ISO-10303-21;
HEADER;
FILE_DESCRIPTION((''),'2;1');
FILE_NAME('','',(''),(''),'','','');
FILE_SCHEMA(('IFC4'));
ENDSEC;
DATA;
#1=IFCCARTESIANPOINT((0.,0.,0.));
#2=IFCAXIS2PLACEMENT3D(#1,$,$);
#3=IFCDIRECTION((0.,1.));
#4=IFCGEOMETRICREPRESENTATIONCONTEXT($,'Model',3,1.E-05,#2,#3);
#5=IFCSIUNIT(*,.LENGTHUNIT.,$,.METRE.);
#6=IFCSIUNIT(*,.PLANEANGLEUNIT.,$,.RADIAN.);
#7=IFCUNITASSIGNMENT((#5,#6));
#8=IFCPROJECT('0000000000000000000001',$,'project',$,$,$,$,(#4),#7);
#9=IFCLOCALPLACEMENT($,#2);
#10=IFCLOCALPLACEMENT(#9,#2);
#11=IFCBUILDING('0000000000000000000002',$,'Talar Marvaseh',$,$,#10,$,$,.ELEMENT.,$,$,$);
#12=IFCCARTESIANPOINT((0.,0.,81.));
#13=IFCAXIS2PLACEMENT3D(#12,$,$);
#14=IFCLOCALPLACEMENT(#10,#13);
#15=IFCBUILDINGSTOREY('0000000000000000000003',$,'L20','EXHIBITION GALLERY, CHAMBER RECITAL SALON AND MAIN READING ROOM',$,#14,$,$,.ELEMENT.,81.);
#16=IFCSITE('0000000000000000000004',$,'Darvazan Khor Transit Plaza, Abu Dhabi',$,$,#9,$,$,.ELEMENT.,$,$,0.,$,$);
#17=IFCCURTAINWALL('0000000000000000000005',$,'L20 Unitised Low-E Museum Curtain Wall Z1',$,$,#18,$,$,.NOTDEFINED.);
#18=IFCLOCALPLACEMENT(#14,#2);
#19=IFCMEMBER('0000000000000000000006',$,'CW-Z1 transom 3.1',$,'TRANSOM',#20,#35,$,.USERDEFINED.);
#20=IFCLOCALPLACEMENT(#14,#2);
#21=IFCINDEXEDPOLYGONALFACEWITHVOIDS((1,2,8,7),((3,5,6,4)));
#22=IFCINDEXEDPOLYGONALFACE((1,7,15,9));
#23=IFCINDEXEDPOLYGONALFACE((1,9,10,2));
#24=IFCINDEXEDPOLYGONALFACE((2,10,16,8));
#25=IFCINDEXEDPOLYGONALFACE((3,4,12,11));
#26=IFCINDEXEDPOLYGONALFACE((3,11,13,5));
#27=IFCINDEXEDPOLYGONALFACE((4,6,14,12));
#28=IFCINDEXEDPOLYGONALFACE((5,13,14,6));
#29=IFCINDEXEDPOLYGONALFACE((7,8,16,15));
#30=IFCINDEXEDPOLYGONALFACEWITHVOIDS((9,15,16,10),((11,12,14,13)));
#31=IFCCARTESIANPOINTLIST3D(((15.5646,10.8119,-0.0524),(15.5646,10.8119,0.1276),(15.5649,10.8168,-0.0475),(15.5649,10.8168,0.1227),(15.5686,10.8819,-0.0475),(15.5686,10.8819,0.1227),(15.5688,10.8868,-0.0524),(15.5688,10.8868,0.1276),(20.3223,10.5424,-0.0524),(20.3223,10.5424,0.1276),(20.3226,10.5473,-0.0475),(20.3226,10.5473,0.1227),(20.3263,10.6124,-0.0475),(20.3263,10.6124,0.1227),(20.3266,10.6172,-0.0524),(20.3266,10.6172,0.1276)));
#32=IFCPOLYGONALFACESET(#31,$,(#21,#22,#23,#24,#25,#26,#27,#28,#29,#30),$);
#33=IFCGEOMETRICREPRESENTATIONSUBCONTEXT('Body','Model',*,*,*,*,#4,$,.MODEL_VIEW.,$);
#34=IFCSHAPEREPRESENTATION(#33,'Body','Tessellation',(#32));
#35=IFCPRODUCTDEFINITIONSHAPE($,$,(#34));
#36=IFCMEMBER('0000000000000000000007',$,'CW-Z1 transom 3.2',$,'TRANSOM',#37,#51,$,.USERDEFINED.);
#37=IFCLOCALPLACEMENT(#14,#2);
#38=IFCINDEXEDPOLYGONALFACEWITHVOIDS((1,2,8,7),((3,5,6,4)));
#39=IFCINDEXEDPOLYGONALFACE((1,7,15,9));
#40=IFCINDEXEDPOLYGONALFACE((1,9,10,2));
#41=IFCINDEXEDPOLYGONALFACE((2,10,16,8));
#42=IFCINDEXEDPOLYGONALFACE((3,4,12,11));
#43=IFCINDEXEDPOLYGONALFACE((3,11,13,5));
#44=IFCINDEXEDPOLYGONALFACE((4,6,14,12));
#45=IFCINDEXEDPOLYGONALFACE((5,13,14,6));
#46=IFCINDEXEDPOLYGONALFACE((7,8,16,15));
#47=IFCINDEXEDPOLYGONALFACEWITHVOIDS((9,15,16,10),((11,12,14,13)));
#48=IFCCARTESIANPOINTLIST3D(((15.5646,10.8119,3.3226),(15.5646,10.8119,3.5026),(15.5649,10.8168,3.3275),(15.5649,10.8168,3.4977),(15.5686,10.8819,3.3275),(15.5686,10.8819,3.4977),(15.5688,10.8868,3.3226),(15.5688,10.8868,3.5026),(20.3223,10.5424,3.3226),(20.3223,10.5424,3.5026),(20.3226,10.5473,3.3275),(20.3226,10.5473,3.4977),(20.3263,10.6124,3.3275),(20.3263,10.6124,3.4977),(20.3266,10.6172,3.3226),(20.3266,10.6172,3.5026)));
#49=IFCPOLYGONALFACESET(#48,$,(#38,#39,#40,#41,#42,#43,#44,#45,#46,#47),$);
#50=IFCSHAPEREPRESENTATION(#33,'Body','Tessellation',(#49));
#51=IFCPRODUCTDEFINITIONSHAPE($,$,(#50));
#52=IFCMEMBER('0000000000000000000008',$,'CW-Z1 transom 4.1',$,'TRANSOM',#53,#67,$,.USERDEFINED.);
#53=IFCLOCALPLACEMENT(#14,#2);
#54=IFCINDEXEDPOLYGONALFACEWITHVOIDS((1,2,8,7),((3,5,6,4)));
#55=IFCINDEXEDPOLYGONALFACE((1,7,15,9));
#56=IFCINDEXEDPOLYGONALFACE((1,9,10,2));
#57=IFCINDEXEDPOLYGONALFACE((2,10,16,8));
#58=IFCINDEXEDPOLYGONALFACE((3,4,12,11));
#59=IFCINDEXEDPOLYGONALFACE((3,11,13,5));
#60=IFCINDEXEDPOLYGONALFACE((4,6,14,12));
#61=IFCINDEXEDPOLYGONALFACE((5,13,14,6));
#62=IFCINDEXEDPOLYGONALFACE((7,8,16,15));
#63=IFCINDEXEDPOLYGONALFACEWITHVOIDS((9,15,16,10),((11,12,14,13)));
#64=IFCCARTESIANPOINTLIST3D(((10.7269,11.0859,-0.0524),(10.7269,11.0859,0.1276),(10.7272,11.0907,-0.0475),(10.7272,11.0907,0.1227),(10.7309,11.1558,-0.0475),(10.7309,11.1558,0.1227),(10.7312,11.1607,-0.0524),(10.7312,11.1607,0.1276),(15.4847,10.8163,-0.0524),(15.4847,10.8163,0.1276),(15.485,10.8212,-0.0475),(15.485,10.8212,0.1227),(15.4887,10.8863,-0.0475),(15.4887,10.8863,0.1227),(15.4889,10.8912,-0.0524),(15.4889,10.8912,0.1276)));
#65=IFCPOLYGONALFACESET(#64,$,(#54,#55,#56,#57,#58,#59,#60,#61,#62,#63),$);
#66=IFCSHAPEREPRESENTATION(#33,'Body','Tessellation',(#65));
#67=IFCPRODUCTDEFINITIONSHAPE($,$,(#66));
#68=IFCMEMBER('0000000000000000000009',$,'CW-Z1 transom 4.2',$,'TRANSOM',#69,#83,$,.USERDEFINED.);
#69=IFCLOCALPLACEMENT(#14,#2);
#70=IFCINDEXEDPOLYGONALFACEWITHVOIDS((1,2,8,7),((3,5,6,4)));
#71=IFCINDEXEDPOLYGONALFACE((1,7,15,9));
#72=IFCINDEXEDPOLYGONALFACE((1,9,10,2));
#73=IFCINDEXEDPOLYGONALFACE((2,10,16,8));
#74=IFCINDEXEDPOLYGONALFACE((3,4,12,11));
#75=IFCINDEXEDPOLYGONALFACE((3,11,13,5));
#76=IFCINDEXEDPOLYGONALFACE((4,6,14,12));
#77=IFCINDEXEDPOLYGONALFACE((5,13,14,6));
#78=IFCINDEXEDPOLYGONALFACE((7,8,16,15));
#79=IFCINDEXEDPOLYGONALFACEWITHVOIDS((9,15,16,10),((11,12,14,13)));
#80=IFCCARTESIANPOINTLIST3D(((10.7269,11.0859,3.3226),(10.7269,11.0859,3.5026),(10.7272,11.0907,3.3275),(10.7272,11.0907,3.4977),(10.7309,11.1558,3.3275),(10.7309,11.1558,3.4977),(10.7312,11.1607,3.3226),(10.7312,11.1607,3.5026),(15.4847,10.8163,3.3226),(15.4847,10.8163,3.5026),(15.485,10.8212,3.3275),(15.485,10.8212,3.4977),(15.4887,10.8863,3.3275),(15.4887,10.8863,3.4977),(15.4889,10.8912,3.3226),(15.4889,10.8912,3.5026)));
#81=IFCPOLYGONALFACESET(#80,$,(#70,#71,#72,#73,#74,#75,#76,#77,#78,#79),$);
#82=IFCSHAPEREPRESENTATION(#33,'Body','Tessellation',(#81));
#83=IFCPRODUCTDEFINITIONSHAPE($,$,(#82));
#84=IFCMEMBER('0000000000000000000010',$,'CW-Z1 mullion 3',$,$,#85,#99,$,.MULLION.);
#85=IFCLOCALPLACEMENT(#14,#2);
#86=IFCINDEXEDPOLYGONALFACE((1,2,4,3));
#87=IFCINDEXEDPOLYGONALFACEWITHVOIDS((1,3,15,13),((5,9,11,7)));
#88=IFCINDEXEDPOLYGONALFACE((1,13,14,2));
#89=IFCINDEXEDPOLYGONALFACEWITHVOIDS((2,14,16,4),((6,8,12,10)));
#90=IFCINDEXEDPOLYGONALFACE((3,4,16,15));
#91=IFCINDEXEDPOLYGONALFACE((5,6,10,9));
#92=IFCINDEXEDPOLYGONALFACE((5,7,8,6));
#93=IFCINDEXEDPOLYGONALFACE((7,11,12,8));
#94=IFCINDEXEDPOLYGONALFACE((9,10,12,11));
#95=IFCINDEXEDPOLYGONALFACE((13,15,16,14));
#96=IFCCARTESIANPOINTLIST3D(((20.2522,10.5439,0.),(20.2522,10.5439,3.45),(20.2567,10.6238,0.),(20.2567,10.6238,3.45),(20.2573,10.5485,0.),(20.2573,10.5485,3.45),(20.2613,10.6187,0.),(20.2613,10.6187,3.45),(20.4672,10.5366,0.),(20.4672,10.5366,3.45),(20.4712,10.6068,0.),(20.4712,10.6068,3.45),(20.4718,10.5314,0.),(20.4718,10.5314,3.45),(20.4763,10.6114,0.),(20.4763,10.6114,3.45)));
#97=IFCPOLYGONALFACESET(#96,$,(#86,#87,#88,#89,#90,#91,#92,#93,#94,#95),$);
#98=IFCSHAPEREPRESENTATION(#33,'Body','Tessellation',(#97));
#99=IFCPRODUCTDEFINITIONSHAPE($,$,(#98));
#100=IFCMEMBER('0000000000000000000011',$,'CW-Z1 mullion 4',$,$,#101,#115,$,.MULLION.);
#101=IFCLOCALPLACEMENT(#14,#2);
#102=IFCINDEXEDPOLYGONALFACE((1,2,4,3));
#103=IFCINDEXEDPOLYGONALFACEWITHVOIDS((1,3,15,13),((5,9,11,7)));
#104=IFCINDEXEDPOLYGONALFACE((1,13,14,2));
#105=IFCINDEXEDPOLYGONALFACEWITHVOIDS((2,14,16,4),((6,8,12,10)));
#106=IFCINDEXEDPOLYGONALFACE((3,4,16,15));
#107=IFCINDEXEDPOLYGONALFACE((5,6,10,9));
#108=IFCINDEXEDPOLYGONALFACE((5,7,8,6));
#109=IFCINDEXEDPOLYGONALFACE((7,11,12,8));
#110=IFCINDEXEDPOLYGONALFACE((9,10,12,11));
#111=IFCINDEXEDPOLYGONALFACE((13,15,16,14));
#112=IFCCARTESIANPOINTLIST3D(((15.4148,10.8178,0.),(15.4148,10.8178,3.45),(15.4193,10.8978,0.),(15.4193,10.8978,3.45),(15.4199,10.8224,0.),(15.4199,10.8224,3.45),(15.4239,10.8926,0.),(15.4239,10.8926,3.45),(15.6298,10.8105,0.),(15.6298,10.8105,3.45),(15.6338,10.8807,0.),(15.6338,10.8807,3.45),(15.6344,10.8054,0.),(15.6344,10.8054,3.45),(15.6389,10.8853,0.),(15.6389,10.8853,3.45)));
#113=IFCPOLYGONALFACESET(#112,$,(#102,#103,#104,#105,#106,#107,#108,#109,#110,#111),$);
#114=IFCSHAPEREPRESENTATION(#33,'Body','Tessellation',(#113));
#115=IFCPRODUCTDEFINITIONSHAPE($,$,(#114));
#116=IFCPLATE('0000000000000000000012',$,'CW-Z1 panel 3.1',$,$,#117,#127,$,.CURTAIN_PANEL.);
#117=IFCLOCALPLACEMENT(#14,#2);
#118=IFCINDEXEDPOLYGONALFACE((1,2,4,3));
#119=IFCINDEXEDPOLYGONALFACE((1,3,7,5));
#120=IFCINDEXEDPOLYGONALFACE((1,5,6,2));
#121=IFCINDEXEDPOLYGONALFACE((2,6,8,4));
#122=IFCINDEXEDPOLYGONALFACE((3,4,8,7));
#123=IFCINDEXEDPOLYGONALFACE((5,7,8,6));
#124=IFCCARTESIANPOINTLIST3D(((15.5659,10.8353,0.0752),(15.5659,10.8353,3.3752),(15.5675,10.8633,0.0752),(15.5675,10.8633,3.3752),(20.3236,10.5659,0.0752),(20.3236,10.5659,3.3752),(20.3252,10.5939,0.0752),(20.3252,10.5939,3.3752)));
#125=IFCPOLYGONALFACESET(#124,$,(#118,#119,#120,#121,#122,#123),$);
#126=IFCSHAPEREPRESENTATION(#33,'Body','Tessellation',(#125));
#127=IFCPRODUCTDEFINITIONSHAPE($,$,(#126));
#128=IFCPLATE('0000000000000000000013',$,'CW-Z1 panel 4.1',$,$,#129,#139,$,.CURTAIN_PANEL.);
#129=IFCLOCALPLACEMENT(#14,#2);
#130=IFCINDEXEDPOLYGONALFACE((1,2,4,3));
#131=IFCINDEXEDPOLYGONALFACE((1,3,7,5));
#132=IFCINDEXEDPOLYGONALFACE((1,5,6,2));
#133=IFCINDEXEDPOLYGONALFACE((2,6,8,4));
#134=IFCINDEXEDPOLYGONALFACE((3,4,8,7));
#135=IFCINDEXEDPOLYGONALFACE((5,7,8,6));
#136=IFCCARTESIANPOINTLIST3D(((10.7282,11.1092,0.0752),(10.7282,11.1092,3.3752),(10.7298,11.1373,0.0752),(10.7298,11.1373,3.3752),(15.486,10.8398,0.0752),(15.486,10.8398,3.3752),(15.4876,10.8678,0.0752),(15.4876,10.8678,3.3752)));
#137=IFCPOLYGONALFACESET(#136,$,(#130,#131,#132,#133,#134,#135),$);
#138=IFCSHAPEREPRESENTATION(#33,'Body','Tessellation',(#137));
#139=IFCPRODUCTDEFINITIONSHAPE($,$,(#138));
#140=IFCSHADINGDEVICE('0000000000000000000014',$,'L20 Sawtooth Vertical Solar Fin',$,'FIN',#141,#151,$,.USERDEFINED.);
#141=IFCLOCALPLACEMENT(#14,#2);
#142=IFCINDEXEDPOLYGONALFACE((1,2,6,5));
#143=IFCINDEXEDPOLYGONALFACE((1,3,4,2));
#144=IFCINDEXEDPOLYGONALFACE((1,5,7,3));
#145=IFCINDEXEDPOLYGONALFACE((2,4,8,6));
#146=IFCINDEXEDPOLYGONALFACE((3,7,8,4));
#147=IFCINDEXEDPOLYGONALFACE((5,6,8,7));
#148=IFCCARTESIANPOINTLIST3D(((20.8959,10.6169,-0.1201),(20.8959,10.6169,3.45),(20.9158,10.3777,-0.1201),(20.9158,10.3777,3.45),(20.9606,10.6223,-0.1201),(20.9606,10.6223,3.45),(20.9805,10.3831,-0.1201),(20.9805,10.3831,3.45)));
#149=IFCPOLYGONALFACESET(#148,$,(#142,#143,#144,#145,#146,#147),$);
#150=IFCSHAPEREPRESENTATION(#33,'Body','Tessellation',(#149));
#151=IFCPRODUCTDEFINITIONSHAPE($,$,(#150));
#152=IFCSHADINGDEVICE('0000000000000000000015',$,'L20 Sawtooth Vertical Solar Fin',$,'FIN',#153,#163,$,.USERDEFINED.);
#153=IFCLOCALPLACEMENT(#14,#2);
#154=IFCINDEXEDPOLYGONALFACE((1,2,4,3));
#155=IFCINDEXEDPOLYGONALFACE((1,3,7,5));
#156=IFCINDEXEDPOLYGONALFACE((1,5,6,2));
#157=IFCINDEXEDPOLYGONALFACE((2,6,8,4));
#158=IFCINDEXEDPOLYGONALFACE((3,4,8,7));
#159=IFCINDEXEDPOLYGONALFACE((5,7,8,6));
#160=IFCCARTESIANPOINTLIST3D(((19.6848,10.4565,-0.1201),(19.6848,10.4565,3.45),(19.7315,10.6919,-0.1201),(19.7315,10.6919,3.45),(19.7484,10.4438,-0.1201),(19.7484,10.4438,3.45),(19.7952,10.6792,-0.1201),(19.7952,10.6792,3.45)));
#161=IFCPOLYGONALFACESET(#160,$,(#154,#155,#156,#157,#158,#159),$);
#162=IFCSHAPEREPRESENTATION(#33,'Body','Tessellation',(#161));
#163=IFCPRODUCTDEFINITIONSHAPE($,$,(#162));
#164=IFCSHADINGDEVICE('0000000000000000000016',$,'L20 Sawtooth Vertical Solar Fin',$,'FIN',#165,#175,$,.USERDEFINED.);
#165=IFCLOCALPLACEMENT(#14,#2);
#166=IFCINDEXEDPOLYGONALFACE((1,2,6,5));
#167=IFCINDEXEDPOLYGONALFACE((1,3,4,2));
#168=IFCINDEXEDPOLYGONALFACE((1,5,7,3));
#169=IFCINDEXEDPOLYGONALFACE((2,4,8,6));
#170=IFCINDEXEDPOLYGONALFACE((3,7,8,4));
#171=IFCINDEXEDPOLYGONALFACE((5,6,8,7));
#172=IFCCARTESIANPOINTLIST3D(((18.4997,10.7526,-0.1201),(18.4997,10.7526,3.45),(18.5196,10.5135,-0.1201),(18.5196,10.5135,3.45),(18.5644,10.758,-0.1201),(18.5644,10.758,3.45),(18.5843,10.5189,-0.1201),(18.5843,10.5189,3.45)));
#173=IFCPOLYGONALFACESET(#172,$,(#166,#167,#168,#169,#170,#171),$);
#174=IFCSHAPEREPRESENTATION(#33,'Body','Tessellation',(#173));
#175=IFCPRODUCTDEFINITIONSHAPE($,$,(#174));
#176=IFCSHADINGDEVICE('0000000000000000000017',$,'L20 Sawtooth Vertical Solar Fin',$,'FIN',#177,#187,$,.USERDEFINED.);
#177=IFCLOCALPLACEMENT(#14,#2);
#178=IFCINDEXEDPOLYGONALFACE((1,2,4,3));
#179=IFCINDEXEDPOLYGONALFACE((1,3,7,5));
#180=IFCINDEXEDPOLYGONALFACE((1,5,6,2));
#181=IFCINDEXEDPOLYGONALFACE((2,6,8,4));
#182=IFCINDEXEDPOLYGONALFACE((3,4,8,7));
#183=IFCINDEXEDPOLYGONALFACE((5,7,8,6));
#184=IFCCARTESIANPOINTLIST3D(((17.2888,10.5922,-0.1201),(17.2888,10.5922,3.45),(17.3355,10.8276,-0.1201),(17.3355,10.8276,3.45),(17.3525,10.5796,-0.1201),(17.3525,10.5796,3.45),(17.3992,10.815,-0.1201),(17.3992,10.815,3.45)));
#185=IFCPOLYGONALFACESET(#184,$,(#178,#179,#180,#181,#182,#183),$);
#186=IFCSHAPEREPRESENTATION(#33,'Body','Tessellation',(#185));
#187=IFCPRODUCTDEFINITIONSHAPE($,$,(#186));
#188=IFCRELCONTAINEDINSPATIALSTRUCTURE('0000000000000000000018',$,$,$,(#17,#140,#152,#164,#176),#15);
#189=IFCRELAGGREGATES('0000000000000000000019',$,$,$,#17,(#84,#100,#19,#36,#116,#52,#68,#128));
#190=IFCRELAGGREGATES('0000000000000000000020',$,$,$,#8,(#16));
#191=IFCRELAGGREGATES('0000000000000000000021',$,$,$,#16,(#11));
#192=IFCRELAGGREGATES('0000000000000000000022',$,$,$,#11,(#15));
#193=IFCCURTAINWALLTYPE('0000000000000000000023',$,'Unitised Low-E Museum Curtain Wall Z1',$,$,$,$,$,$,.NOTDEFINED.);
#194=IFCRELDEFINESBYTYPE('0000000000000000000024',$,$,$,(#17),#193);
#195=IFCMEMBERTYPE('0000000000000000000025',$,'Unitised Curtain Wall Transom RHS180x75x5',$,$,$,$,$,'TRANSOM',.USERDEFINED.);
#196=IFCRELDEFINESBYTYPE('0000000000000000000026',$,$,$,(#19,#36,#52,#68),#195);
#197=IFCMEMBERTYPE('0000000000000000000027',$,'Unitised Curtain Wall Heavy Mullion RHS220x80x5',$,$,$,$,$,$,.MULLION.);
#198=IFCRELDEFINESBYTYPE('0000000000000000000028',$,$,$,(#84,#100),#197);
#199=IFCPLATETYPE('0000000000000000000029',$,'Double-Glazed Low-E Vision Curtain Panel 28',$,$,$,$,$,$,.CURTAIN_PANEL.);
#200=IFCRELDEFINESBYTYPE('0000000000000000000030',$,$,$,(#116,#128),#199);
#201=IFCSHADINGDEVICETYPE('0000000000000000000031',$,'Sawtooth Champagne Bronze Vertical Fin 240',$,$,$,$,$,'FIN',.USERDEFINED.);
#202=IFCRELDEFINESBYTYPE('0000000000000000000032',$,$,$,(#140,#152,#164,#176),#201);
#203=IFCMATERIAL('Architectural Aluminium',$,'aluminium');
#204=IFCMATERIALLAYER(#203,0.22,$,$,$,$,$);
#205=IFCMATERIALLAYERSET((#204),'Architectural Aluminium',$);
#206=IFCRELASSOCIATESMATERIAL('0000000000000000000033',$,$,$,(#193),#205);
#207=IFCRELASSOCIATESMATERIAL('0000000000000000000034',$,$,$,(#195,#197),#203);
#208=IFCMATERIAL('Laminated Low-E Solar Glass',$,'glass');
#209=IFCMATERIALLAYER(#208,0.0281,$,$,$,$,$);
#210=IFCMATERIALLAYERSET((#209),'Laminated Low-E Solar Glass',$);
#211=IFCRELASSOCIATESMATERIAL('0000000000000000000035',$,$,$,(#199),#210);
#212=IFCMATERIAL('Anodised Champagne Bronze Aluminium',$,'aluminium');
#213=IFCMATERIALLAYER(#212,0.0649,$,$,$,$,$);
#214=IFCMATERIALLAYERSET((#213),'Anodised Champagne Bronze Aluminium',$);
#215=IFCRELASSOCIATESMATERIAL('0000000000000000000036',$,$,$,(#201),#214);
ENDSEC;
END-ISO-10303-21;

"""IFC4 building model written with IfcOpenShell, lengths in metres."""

from ifc_helpers import new_model, si_unit, direction, frame, origin, origin_2d, place, context, subcontext, project, spatial, rectangle, hollow_rectangle, extrude, source, transform, mapped, material, layer, layer_set, material_profile, profile_set, type_object, type_shapes, element, aggregate, save


model = new_model("IFC4")

# Units and contexts
model_context = context("Model", 3, precision=1e-05, world=origin(), true_north=direction((0.0, 1.0)))
body_context = subcontext(model_context, "Body", "Model", "MODEL_VIEW")
ifc_project = project(units=[si_unit("LENGTHUNIT", "METRE"), si_unit("PLANEANGLEUNIT", "RADIAN")], contexts=[model_context])

# Site, building, storey
site_placement = place(None, origin())
site = spatial("IfcSite", under=ifc_project, at=site_placement, Name="Darvazan Khor Transit Plaza, Abu Dhabi", CompositionType="ELEMENT", RefElevation=0.0)
building_placement = place(site_placement, origin())
building = spatial("IfcBuilding", under=site, at=building_placement, Name="Talar Marvaseh", CompositionType="ELEMENT")
storey_placement = place(building_placement, frame((0.0, 0.0, 81.0)))
storey = spatial("IfcBuildingStorey", under=building, at=storey_placement, Name="L20", Description="EXHIBITION GALLERY, CHAMBER RECITAL SALON AND MAIN READING ROOM", CompositionType="ELEMENT", Elevation=81.0)

# Curtain wall, members, plates
ifc_material_1 = material(Name="Architectural Aluminium", Category="aluminium")
ifc_layer_1 = layer(ifc_material_1, 0.22)
ifc_layer_set_1 = layer_set([ifc_layer_1], Name="Architectural Aluminium")
curtain_wall_type = type_object("IfcCurtainWallType", Name="Unitised Low-E Museum Curtain Wall Z1", PredefinedType="NOTDEFINED", material=ifc_layer_set_1)
curtain_wall_placement = place(storey_placement, origin())
curtain_wall = element("IfcCurtainWall", 1, at=curtain_wall_placement, inside=storey, type_object=curtain_wall_type, Name="L20 Unitised Low-E Museum Curtain Wall Z1", PredefinedType="NOTDEFINED")
ifc_material_profile_1 = material_profile(ifc_material_1, hollow_rectangle(XDim=0.075, YDim=0.1799, WallThickness=0.0049, at=origin_2d()), Name="RHS180x75x5")
ifc_profile_set_1 = profile_set([ifc_material_profile_1], Name="Architectural Aluminium")
member_type_1 = type_object("IfcMemberType", Name="Unitised Curtain Wall Transom RHS180x75x5", ElementType="TRANSOM", PredefinedType="USERDEFINED", material=ifc_profile_set_1)
shared_shape_1 = source(origin(), body_context, "Body", "SweptSolid", [
    extrude(hollow_rectangle(XDim=0.075, YDim=0.1799, WallThickness=0.0049, at=origin_2d()), origin(), (0.0, 0.0, 1.0), 4.7654),
])
type_shapes(member_type_1, [shared_shape_1])
member_1_placement = place(storey_placement, frame((20.3245, 10.5798, 0.0376), z_axis=(-0.998399, 0.05656, 0.0), x_axis=(-0.05656, -0.998399, 0.0)))
member_1 = element("IfcMember", 2, at=member_1_placement, type_object=member_type_1, Name="CW-Z1 transom 3.1", ObjectType="TRANSOM", PredefinedType="USERDEFINED", context=body_context, shape_type="MappedRepresentation", body=[
    mapped(shared_shape_1, transform((0.0, 0.0, 0.0), x_axis=(1.0, 0.0, 0.0), y_axis=(0.0, 1.0, 0.0), z_axis=(0.0, 0.0, 1.0), scale=1.0)),
])
member_2_placement = place(storey_placement, frame((20.3245, 10.5798, 3.4126), z_axis=(-0.998399, 0.05656, 0.0), x_axis=(-0.05656, -0.998399, 0.0)))
member_2 = element("IfcMember", 3, at=member_2_placement, type_object=member_type_1, Name="CW-Z1 transom 3.2", ObjectType="TRANSOM", PredefinedType="USERDEFINED", context=body_context, shape_type="MappedRepresentation", body=[
    mapped(shared_shape_1, transform((0.0, 0.0, 0.0), x_axis=(1.0, 0.0, 0.0), y_axis=(0.0, 1.0, 0.0), z_axis=(0.0, 0.0, 1.0), scale=1.0)),
])
member_3_placement = place(storey_placement, frame((15.4868, 10.8538, 0.0376), z_axis=(-0.998399, 0.05656, 0.0), x_axis=(-0.05656, -0.998399, 0.0)))
member_3 = element("IfcMember", 4, at=member_3_placement, type_object=member_type_1, Name="CW-Z1 transom 4.1", ObjectType="TRANSOM", PredefinedType="USERDEFINED", context=body_context, shape_type="MappedRepresentation", body=[
    mapped(shared_shape_1, transform((0.0, 0.0, 0.0), x_axis=(1.0, 0.0, 0.0), y_axis=(0.0, 1.0, 0.0), z_axis=(0.0, 0.0, 1.0), scale=1.0)),
])
member_4_placement = place(storey_placement, frame((15.4868, 10.8538, 3.4126), z_axis=(-0.998399, 0.05656, 0.0), x_axis=(-0.05656, -0.998399, 0.0)))
member_4 = element("IfcMember", 5, at=member_4_placement, type_object=member_type_1, Name="CW-Z1 transom 4.2", ObjectType="TRANSOM", PredefinedType="USERDEFINED", context=body_context, shape_type="MappedRepresentation", body=[
    mapped(shared_shape_1, transform((0.0, 0.0, 0.0), x_axis=(1.0, 0.0, 0.0), y_axis=(0.0, 1.0, 0.0), z_axis=(0.0, 0.0, 1.0), scale=1.0)),
])
ifc_material_profile_2 = material_profile(ifc_material_1, hollow_rectangle(XDim=0.0801, YDim=0.22, WallThickness=0.0049, at=origin_2d()), Name="RHS220x80x5")
ifc_profile_set_2 = profile_set([ifc_material_profile_2], Name="Architectural Aluminium")
member_type_2 = type_object("IfcMemberType", Name="Unitised Curtain Wall Heavy Mullion RHS220x80x5", PredefinedType="MULLION", material=ifc_profile_set_2)
shared_shape_2 = source(origin(), body_context, "Body", "SweptSolid", [
    extrude(hollow_rectangle(XDim=0.0801, YDim=0.22, WallThickness=0.0049, at=origin_2d()), origin(), (0.0, 0.0, 1.0), 3.45),
])
type_shapes(member_type_2, [shared_shape_2])
member_5_placement = place(storey_placement, frame((20.3643, 10.5776, 0.0), z_axis=(0.0, 0.0, 1.0), x_axis=(-0.056537, -0.998401, 0.0)))
member_5 = element("IfcMember", 6, at=member_5_placement, type_object=member_type_2, Name="CW-Z1 mullion 3", PredefinedType="MULLION", context=body_context, shape_type="MappedRepresentation", body=[
    mapped(shared_shape_2, transform((0.0, 0.0, 0.0), x_axis=(1.0, 0.0, 0.0), y_axis=(0.0, 1.0, 0.0), z_axis=(0.0, 0.0, 1.0), scale=1.0)),
])
member_6_placement = place(storey_placement, frame((15.5269, 10.8516, 0.0), z_axis=(0.0, 0.0, 1.0), x_axis=(-0.056537, -0.998401, 0.0)))
member_6 = element("IfcMember", 7, at=member_6_placement, type_object=member_type_2, Name="CW-Z1 mullion 4", PredefinedType="MULLION", context=body_context, shape_type="MappedRepresentation", body=[
    mapped(shared_shape_2, transform((0.0, 0.0, 0.0), x_axis=(1.0, 0.0, 0.0), y_axis=(0.0, 1.0, 0.0), z_axis=(0.0, 0.0, 1.0), scale=1.0)),
])
ifc_material_2 = material(Name="Laminated Low-E Solar Glass", Category="glass")
ifc_layer_2 = layer(ifc_material_2, 0.0281)
ifc_layer_set_2 = layer_set([ifc_layer_2], Name="Laminated Low-E Solar Glass")
plate_type = type_object("IfcPlateType", Name="Double-Glazed Low-E Vision Curtain Panel 28", PredefinedType="CURTAIN_PANEL", material=ifc_layer_set_2)
shared_shape_3 = source(origin(), body_context, "Body", "SweptSolid", [
    extrude(rectangle(XDim=4.7654, YDim=0.0281, at=origin_2d()), origin(), (0.0, 0.0, 1.0), 3.3),
])
type_shapes(plate_type, [shared_shape_3])
plate_1_placement = place(storey_placement, frame((17.9456, 10.7146, 0.0752), z_axis=(0.0, 0.0, 1.0), x_axis=(-0.998401, 0.056537, 0.0)))
plate_1 = element("IfcPlate", 8, at=plate_1_placement, type_object=plate_type, Name="CW-Z1 panel 3.1", PredefinedType="CURTAIN_PANEL", context=body_context, shape_type="MappedRepresentation", body=[
    mapped(shared_shape_3, transform((0.0, 0.0, 0.0), x_axis=(1.0, 0.0, 0.0), y_axis=(0.0, 1.0, 0.0), z_axis=(0.0, 0.0, 1.0), scale=1.0)),
])
plate_2_placement = place(storey_placement, frame((13.1079, 10.9885, 0.0752), z_axis=(0.0, 0.0, 1.0), x_axis=(-0.998401, 0.056537, 0.0)))
plate_2 = element("IfcPlate", 9, at=plate_2_placement, type_object=plate_type, Name="CW-Z1 panel 4.1", PredefinedType="CURTAIN_PANEL", context=body_context, shape_type="MappedRepresentation", body=[
    mapped(shared_shape_3, transform((0.0, 0.0, 0.0), x_axis=(1.0, 0.0, 0.0), y_axis=(0.0, 1.0, 0.0), z_axis=(0.0, 0.0, 1.0), scale=1.0)),
])
aggregate(curtain_wall, [member_5, member_6, member_1, member_2, plate_1, member_3, member_4, plate_2])

# Shading devices
ifc_material_3 = material(Name="Anodised Champagne Bronze Aluminium", Category="aluminium")
ifc_layer_3 = layer(ifc_material_3, 0.0649)
ifc_layer_set_3 = layer_set([ifc_layer_3], Name="Anodised Champagne Bronze Aluminium")
shading_device_type = type_object("IfcShadingDeviceType", Name="Sawtooth Champagne Bronze Vertical Fin 240", ElementType="FIN", PredefinedType="USERDEFINED", material=ifc_layer_set_3)
shared_shape_4 = source(origin(), body_context, "Body", "SweptSolid", [
    extrude(rectangle(XDim=0.24, YDim=0.0649, at=origin_2d()), origin(), (0.0, 0.0, 1.0), 3.5701),
])
type_shapes(shading_device_type, [shared_shape_4])
for number, where, z_axis, x_axis, name in (
    (10, (20.9382, 10.5, -0.1201), (0.0, 0.0, 1.0), (0.082982, -0.996551, 0.0), "L20 Sawtooth Vertical Solar Fin"),
    (11, (19.74, 10.5679, -0.1201), (0.0, 0.0, 1.0), (-0.194919, -0.980819, 0.0), "L20 Sawtooth Vertical Solar Fin"),
    (12, (18.542, 10.6357, -0.1201), (0.0, 0.0, 1.0), (0.082982, -0.996551, 0.0), "L20 Sawtooth Vertical Solar Fin"),
    (13, (17.344, 10.7036, -0.1201), (0.0, 0.0, 1.0), (-0.194919, -0.980819, 0.0), "L20 Sawtooth Vertical Solar Fin"),
):
    element("IfcShadingDevice", number, at=place(storey_placement, frame(where, z_axis=z_axis, x_axis=x_axis)), inside=storey, type_object=shading_device_type, Name=name, ObjectType="FIN", PredefinedType="USERDEFINED", context=body_context, shape_type="MappedRepresentation", body=[
        mapped(shared_shape_4, transform((0.0, 0.0, 0.0), x_axis=(1.0, 0.0, 0.0), y_axis=(0.0, 1.0, 0.0), z_axis=(0.0, 0.0, 1.0), scale=1.0)),
    ])

save(model, "model.ifc")
